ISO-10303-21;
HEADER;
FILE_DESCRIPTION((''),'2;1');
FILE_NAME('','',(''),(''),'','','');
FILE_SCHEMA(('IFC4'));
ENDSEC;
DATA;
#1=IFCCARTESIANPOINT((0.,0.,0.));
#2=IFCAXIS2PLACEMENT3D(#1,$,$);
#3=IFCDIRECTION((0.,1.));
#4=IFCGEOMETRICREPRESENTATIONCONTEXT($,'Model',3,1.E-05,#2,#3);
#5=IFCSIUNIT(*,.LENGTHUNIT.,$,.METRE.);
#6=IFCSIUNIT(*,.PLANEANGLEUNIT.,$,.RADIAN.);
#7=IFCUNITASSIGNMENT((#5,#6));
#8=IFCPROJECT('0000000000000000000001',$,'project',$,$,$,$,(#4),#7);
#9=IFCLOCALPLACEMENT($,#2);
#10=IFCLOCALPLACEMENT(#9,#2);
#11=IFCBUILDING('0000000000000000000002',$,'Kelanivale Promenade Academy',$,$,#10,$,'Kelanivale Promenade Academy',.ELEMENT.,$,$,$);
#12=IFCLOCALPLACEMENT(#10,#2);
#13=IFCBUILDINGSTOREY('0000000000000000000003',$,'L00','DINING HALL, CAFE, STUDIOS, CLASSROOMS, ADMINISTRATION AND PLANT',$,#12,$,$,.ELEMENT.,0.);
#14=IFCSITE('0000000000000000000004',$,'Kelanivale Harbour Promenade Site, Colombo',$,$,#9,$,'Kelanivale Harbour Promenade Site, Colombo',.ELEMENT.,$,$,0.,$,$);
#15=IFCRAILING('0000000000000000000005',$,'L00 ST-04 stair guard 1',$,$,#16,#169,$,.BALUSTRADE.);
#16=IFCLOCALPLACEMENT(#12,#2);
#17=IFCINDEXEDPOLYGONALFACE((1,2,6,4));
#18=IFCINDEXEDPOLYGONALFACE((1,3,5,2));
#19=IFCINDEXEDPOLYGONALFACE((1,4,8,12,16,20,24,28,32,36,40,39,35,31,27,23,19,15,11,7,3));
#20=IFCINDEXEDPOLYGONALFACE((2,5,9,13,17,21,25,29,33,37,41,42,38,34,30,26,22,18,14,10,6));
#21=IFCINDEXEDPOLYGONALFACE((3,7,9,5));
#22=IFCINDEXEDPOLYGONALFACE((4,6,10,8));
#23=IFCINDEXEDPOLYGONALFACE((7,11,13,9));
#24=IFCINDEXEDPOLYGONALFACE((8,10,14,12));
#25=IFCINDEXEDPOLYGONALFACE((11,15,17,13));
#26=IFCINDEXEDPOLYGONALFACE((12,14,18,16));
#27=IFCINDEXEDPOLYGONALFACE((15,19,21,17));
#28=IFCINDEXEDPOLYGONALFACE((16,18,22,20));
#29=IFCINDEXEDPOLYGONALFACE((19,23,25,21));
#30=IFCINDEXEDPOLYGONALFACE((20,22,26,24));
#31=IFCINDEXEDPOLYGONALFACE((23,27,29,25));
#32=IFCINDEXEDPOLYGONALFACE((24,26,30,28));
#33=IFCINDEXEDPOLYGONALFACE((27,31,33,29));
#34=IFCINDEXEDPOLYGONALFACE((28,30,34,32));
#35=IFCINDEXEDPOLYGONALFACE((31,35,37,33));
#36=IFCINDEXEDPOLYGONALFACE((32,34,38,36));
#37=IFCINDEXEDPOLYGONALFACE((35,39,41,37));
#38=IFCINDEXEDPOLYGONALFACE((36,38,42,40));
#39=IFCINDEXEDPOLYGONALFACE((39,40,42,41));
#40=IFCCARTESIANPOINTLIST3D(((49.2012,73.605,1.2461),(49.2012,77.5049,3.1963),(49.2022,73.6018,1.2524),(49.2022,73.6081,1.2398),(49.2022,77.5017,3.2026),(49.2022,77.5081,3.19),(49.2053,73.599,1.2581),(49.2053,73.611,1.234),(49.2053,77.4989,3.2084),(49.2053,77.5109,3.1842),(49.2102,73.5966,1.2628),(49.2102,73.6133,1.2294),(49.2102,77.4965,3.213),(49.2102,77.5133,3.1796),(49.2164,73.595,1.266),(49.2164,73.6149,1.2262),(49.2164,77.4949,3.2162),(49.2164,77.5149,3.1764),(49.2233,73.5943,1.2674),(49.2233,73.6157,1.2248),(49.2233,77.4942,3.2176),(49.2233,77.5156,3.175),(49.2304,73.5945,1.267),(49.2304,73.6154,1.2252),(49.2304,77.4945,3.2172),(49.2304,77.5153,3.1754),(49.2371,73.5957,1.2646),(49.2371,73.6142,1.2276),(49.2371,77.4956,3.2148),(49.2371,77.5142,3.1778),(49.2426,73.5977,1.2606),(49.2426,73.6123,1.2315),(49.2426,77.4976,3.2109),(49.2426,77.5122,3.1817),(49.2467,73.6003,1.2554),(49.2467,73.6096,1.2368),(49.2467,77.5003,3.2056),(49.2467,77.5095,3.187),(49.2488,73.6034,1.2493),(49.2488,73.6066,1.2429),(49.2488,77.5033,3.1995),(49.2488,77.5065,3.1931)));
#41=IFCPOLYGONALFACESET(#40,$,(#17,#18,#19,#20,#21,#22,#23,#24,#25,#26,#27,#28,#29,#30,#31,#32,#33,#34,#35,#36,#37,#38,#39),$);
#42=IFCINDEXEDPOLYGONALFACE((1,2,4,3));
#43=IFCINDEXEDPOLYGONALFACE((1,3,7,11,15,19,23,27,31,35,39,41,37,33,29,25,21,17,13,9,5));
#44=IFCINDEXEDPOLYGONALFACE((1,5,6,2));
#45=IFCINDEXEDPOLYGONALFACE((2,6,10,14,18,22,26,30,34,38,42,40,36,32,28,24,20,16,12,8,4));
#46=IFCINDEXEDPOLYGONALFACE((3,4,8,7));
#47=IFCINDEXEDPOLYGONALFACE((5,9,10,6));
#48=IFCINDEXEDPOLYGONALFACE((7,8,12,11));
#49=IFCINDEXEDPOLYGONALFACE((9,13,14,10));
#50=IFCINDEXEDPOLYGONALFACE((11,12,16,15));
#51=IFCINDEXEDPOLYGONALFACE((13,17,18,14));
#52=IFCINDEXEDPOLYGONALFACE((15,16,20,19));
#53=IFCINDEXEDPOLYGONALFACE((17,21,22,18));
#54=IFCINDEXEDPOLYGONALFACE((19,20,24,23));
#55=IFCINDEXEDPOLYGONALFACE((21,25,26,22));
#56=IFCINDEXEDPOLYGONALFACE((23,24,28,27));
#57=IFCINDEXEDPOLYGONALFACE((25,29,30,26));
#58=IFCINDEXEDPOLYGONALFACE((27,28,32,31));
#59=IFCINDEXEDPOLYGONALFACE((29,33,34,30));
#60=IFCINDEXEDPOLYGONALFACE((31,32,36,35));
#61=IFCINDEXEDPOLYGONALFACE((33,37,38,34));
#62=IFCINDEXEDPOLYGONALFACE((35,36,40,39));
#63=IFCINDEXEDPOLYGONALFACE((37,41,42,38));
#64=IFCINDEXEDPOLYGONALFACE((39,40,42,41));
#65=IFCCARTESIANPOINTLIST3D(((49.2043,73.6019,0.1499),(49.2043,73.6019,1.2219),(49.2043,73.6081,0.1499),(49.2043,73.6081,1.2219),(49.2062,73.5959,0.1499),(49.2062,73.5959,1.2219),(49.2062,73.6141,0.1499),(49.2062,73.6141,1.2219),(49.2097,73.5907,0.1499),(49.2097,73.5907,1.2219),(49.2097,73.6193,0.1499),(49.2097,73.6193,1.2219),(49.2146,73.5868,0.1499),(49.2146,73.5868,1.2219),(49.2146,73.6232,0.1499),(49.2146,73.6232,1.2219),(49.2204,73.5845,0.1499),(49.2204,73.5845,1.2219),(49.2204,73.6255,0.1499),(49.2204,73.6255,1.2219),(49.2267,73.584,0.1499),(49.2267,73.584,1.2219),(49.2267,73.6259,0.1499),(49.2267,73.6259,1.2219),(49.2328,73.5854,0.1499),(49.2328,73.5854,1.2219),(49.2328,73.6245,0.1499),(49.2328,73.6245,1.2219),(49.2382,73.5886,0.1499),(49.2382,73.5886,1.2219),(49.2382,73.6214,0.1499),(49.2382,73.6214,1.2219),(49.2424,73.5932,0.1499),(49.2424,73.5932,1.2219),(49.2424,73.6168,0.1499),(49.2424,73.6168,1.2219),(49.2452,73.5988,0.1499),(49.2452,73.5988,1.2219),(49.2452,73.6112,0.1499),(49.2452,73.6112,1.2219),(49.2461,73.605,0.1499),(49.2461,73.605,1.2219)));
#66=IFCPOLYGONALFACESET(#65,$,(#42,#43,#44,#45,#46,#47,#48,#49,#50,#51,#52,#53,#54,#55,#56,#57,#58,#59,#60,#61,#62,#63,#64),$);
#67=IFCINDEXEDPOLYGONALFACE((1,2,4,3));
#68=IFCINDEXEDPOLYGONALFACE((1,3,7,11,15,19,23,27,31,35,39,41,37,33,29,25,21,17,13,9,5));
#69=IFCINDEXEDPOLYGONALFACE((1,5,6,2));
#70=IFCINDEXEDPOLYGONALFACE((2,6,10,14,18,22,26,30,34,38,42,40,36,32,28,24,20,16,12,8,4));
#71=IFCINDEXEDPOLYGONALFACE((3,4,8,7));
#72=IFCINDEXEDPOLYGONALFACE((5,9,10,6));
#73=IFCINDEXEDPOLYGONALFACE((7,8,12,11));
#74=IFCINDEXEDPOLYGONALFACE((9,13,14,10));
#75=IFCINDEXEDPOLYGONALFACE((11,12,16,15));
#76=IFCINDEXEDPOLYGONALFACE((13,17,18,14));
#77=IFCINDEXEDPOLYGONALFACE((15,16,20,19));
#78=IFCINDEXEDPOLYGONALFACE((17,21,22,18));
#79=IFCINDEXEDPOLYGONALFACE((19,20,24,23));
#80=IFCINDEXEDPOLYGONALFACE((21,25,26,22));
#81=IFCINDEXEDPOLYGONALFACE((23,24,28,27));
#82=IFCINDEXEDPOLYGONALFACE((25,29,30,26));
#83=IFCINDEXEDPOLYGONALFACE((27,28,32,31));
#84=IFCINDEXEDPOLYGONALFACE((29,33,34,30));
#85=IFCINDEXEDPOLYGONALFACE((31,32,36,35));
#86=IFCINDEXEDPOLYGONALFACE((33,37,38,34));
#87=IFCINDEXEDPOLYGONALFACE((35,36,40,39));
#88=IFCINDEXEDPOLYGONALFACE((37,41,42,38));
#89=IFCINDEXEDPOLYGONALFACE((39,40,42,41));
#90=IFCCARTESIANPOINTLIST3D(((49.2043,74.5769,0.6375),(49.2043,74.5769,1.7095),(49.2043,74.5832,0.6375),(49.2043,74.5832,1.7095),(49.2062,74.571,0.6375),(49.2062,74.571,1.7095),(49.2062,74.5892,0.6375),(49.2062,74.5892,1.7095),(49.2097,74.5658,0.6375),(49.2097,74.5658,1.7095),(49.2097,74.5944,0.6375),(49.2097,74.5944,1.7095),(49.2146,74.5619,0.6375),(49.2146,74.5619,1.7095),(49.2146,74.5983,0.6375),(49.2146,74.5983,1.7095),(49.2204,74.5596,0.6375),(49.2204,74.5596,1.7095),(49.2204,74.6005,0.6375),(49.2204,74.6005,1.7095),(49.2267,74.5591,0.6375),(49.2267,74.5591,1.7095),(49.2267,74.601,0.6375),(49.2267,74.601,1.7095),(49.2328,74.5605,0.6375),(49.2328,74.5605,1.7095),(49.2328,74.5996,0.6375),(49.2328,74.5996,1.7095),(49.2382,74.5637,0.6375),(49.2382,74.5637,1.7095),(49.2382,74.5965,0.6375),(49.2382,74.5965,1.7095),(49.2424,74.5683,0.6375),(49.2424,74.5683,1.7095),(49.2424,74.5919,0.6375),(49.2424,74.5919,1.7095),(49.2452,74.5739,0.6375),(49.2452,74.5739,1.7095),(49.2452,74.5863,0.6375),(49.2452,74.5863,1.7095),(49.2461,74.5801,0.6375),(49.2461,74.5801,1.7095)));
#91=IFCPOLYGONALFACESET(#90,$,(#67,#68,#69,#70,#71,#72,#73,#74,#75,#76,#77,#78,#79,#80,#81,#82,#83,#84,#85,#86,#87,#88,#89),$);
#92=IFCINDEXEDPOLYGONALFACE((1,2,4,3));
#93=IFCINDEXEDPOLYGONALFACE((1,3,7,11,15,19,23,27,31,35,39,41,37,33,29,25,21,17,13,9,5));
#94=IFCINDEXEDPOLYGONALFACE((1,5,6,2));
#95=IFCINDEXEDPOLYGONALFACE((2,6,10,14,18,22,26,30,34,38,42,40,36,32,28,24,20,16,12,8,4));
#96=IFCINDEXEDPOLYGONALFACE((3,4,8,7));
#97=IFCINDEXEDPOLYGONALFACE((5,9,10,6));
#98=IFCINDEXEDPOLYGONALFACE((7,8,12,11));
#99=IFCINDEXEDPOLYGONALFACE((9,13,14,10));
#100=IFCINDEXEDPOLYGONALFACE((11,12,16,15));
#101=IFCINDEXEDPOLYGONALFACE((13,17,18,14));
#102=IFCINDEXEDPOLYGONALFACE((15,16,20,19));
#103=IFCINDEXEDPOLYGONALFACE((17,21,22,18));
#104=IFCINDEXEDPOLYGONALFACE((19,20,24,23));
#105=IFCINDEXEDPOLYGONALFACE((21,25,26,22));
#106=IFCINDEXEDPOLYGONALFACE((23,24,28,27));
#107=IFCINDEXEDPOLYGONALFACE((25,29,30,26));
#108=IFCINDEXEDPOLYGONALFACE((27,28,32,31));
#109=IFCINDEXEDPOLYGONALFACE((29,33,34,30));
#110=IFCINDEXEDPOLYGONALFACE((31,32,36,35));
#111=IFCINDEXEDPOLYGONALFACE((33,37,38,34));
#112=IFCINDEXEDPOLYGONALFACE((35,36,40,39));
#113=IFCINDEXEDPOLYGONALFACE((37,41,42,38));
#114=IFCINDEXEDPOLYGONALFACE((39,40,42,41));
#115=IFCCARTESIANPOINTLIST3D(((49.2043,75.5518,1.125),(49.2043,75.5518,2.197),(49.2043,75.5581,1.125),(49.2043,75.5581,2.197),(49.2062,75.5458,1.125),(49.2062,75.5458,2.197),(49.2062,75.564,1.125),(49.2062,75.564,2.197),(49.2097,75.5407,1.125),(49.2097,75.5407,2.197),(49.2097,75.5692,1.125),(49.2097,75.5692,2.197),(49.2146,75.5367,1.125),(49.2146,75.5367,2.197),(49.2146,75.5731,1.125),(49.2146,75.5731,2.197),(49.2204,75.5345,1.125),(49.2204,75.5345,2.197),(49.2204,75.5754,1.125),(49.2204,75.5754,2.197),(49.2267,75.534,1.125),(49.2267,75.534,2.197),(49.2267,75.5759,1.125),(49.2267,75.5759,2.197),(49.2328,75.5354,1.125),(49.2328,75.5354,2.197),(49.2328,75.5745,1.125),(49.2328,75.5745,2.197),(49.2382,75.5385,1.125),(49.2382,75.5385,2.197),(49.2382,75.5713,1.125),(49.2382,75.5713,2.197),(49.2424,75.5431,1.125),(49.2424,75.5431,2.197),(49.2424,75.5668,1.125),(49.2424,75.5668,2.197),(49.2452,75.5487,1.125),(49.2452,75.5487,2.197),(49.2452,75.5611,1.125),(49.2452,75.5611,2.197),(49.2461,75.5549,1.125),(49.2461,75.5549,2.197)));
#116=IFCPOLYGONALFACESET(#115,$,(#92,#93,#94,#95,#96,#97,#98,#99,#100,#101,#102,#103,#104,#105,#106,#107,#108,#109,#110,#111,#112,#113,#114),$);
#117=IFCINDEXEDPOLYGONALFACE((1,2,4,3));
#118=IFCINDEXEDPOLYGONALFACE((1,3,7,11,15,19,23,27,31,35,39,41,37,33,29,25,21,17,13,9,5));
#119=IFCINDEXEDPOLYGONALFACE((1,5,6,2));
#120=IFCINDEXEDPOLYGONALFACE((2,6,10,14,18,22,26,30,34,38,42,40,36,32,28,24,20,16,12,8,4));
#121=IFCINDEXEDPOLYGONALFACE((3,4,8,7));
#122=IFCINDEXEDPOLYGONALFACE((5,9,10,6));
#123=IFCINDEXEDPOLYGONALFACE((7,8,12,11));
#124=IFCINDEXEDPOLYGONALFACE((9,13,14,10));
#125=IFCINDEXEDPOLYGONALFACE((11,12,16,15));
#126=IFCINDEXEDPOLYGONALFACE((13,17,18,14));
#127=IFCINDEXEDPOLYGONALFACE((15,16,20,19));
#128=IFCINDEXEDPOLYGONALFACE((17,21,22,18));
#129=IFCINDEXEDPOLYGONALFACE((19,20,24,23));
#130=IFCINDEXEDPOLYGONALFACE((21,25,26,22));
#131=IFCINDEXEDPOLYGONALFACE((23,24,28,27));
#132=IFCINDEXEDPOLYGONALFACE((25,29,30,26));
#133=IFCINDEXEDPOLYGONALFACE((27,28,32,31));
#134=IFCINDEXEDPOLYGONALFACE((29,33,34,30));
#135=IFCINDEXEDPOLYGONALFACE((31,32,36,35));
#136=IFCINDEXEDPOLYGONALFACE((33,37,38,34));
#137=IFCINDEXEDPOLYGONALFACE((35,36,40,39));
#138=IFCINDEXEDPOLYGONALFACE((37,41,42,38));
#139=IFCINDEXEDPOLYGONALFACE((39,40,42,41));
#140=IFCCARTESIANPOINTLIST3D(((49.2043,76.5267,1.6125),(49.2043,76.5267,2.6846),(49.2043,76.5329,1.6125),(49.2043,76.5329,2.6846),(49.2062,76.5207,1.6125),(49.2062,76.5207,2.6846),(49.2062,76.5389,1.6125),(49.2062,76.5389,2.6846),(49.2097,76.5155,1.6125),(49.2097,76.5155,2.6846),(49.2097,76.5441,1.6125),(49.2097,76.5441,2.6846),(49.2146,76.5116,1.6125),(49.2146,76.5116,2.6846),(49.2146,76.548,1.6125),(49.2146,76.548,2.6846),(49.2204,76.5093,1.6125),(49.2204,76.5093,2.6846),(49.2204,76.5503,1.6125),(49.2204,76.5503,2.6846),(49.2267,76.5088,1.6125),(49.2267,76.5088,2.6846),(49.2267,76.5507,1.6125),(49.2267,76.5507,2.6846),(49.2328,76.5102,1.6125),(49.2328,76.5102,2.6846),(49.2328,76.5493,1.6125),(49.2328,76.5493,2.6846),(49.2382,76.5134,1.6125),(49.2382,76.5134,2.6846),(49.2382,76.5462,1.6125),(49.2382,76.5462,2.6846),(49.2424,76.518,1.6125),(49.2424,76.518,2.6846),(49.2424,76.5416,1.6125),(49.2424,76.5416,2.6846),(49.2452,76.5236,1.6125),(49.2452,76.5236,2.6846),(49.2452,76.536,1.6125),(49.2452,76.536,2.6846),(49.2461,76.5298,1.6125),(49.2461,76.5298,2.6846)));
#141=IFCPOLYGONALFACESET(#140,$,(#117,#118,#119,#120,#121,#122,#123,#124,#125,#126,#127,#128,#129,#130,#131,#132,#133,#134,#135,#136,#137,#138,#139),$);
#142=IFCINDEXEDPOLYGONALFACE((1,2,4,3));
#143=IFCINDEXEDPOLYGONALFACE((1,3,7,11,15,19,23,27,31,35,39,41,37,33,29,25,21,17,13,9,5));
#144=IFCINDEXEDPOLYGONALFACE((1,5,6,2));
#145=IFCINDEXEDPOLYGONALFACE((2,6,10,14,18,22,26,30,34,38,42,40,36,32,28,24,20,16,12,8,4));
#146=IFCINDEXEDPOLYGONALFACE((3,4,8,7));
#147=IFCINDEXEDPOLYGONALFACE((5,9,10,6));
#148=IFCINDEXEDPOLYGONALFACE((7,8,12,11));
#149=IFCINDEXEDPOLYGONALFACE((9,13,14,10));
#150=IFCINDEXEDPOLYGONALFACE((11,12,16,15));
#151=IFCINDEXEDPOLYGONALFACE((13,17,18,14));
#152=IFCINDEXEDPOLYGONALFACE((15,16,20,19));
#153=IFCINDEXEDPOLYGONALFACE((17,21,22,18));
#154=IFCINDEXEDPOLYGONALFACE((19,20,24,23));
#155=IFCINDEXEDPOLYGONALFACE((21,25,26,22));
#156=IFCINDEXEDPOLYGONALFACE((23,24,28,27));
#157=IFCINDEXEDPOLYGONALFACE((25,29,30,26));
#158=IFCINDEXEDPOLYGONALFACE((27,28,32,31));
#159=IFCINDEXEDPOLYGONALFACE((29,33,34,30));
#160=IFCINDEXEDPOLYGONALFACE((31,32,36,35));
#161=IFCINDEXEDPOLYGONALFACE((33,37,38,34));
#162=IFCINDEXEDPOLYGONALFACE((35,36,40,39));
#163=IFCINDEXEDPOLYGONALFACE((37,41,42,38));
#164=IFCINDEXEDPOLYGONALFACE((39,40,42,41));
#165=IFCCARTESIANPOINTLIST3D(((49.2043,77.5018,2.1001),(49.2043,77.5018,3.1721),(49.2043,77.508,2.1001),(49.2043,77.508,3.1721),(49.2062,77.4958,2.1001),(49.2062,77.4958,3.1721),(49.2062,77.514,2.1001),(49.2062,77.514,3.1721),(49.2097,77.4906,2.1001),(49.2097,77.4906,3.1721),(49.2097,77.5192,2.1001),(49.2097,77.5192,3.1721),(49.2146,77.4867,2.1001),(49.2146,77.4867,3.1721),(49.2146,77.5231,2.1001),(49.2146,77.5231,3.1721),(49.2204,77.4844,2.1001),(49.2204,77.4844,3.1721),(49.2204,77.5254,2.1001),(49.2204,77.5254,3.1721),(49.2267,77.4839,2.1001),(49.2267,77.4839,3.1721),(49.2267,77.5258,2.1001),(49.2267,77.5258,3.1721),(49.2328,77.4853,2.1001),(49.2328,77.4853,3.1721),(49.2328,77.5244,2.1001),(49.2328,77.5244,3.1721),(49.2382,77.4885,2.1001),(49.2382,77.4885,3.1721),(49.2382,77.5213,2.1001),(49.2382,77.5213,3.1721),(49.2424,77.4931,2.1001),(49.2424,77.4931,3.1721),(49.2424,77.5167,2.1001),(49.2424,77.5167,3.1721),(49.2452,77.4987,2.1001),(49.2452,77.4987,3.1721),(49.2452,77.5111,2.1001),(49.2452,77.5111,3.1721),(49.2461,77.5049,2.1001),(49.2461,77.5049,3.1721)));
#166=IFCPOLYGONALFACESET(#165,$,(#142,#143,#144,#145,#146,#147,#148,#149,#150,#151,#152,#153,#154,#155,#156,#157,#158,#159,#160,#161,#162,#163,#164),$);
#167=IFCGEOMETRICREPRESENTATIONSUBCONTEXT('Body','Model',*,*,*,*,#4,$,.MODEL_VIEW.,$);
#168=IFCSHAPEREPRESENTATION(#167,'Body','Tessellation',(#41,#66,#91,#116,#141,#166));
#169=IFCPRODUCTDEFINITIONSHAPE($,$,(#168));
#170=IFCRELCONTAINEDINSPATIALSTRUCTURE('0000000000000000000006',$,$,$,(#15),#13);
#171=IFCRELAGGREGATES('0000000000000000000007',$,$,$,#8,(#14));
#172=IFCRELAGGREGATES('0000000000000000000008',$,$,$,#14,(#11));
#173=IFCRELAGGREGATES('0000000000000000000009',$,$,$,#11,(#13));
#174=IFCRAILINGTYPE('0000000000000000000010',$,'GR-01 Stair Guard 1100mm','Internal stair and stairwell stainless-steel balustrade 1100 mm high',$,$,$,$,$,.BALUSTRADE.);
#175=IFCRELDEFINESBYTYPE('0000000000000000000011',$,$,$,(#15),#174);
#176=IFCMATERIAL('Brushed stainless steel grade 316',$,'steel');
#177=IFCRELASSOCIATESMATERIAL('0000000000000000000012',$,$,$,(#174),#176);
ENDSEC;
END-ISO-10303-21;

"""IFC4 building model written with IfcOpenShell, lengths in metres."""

from ifc_helpers import new_model, si_unit, direction, frame, origin, origin_2d, place, context, subcontext, project, spatial, circle, extrude, material, type_object, element, save


model = new_model("IFC4")

# Units and contexts
model_context = context("Model", 3, precision=1e-05, world=origin(), true_north=direction((0.0, 1.0)))
body_context = subcontext(model_context, "Body", "Model", "MODEL_VIEW")
ifc_project = project(units=[si_unit("LENGTHUNIT", "METRE"), si_unit("PLANEANGLEUNIT", "RADIAN")], contexts=[model_context])

# Site, building, storey
site_placement = place(None, origin())
site = spatial("IfcSite", under=ifc_project, at=site_placement, Name="Kelanivale Harbour Promenade Site, Colombo", LongName="Kelanivale Harbour Promenade Site, Colombo", CompositionType="ELEMENT", RefElevation=0.0)
building_placement = place(site_placement, origin())
building = spatial("IfcBuilding", under=site, at=building_placement, Name="Kelanivale Promenade Academy", LongName="Kelanivale Promenade Academy", CompositionType="ELEMENT")
storey_placement = place(building_placement, origin())
storey = spatial("IfcBuildingStorey", under=building, at=storey_placement, Name="L00", Description="DINING HALL, CAFE, STUDIOS, CLASSROOMS, ADMINISTRATION AND PLANT", CompositionType="ELEMENT", Elevation=0.0)

# Railing
ifc_material_1 = material(Name="Brushed stainless steel grade 316", Category="steel")
railing_type_1 = type_object("IfcRailingType", Name="GR-01 Stair Guard 1100mm", Description="Internal stair and stairwell stainless-steel balustrade 1100 mm high", PredefinedType="BALUSTRADE", material=ifc_material_1)
railing_1_placement = place(storey_placement, frame((49.2251, 73.605, 0.1499)))
element("IfcRailing", 1, at=railing_1_placement, inside=storey, type_object=railing_type_1, Name="L00 ST-04 stair guard 1", PredefinedType="BALUSTRADE", context=body_context, shape_type="SweptSolid", body=[
    extrude(circle(Radius=0.0239, at=origin_2d()), frame((0.0, 0.0, 1.0962), z_axis=(0.0, 0.894405, 0.447258), x_axis=(-1.0, 0.0, 0.0)), (0.0, 0.0, 1.0), 4.3604),
    extrude(circle(Radius=0.021, at=origin_2d()), origin(), (0.0, 0.0, 1.0), 1.072),
    extrude(circle(Radius=0.021, at=origin_2d()), frame((0.0, 0.9751, 0.4875)), (0.0, 0.0, 1.0), 1.072),
    extrude(circle(Radius=0.021, at=origin_2d()), frame((0.0, 1.95, 0.9751)), (0.0, 0.0, 1.0), 1.072),
    extrude(circle(Radius=0.021, at=origin_2d()), frame((0.0, 2.9248, 1.4626)), (0.0, 0.0, 1.0), 1.072),
    extrude(circle(Radius=0.021, at=origin_2d()), frame((0.0, 3.8999, 1.9502)), (0.0, 0.0, 1.0), 1.072),
])

save(model, "model.ifc")
